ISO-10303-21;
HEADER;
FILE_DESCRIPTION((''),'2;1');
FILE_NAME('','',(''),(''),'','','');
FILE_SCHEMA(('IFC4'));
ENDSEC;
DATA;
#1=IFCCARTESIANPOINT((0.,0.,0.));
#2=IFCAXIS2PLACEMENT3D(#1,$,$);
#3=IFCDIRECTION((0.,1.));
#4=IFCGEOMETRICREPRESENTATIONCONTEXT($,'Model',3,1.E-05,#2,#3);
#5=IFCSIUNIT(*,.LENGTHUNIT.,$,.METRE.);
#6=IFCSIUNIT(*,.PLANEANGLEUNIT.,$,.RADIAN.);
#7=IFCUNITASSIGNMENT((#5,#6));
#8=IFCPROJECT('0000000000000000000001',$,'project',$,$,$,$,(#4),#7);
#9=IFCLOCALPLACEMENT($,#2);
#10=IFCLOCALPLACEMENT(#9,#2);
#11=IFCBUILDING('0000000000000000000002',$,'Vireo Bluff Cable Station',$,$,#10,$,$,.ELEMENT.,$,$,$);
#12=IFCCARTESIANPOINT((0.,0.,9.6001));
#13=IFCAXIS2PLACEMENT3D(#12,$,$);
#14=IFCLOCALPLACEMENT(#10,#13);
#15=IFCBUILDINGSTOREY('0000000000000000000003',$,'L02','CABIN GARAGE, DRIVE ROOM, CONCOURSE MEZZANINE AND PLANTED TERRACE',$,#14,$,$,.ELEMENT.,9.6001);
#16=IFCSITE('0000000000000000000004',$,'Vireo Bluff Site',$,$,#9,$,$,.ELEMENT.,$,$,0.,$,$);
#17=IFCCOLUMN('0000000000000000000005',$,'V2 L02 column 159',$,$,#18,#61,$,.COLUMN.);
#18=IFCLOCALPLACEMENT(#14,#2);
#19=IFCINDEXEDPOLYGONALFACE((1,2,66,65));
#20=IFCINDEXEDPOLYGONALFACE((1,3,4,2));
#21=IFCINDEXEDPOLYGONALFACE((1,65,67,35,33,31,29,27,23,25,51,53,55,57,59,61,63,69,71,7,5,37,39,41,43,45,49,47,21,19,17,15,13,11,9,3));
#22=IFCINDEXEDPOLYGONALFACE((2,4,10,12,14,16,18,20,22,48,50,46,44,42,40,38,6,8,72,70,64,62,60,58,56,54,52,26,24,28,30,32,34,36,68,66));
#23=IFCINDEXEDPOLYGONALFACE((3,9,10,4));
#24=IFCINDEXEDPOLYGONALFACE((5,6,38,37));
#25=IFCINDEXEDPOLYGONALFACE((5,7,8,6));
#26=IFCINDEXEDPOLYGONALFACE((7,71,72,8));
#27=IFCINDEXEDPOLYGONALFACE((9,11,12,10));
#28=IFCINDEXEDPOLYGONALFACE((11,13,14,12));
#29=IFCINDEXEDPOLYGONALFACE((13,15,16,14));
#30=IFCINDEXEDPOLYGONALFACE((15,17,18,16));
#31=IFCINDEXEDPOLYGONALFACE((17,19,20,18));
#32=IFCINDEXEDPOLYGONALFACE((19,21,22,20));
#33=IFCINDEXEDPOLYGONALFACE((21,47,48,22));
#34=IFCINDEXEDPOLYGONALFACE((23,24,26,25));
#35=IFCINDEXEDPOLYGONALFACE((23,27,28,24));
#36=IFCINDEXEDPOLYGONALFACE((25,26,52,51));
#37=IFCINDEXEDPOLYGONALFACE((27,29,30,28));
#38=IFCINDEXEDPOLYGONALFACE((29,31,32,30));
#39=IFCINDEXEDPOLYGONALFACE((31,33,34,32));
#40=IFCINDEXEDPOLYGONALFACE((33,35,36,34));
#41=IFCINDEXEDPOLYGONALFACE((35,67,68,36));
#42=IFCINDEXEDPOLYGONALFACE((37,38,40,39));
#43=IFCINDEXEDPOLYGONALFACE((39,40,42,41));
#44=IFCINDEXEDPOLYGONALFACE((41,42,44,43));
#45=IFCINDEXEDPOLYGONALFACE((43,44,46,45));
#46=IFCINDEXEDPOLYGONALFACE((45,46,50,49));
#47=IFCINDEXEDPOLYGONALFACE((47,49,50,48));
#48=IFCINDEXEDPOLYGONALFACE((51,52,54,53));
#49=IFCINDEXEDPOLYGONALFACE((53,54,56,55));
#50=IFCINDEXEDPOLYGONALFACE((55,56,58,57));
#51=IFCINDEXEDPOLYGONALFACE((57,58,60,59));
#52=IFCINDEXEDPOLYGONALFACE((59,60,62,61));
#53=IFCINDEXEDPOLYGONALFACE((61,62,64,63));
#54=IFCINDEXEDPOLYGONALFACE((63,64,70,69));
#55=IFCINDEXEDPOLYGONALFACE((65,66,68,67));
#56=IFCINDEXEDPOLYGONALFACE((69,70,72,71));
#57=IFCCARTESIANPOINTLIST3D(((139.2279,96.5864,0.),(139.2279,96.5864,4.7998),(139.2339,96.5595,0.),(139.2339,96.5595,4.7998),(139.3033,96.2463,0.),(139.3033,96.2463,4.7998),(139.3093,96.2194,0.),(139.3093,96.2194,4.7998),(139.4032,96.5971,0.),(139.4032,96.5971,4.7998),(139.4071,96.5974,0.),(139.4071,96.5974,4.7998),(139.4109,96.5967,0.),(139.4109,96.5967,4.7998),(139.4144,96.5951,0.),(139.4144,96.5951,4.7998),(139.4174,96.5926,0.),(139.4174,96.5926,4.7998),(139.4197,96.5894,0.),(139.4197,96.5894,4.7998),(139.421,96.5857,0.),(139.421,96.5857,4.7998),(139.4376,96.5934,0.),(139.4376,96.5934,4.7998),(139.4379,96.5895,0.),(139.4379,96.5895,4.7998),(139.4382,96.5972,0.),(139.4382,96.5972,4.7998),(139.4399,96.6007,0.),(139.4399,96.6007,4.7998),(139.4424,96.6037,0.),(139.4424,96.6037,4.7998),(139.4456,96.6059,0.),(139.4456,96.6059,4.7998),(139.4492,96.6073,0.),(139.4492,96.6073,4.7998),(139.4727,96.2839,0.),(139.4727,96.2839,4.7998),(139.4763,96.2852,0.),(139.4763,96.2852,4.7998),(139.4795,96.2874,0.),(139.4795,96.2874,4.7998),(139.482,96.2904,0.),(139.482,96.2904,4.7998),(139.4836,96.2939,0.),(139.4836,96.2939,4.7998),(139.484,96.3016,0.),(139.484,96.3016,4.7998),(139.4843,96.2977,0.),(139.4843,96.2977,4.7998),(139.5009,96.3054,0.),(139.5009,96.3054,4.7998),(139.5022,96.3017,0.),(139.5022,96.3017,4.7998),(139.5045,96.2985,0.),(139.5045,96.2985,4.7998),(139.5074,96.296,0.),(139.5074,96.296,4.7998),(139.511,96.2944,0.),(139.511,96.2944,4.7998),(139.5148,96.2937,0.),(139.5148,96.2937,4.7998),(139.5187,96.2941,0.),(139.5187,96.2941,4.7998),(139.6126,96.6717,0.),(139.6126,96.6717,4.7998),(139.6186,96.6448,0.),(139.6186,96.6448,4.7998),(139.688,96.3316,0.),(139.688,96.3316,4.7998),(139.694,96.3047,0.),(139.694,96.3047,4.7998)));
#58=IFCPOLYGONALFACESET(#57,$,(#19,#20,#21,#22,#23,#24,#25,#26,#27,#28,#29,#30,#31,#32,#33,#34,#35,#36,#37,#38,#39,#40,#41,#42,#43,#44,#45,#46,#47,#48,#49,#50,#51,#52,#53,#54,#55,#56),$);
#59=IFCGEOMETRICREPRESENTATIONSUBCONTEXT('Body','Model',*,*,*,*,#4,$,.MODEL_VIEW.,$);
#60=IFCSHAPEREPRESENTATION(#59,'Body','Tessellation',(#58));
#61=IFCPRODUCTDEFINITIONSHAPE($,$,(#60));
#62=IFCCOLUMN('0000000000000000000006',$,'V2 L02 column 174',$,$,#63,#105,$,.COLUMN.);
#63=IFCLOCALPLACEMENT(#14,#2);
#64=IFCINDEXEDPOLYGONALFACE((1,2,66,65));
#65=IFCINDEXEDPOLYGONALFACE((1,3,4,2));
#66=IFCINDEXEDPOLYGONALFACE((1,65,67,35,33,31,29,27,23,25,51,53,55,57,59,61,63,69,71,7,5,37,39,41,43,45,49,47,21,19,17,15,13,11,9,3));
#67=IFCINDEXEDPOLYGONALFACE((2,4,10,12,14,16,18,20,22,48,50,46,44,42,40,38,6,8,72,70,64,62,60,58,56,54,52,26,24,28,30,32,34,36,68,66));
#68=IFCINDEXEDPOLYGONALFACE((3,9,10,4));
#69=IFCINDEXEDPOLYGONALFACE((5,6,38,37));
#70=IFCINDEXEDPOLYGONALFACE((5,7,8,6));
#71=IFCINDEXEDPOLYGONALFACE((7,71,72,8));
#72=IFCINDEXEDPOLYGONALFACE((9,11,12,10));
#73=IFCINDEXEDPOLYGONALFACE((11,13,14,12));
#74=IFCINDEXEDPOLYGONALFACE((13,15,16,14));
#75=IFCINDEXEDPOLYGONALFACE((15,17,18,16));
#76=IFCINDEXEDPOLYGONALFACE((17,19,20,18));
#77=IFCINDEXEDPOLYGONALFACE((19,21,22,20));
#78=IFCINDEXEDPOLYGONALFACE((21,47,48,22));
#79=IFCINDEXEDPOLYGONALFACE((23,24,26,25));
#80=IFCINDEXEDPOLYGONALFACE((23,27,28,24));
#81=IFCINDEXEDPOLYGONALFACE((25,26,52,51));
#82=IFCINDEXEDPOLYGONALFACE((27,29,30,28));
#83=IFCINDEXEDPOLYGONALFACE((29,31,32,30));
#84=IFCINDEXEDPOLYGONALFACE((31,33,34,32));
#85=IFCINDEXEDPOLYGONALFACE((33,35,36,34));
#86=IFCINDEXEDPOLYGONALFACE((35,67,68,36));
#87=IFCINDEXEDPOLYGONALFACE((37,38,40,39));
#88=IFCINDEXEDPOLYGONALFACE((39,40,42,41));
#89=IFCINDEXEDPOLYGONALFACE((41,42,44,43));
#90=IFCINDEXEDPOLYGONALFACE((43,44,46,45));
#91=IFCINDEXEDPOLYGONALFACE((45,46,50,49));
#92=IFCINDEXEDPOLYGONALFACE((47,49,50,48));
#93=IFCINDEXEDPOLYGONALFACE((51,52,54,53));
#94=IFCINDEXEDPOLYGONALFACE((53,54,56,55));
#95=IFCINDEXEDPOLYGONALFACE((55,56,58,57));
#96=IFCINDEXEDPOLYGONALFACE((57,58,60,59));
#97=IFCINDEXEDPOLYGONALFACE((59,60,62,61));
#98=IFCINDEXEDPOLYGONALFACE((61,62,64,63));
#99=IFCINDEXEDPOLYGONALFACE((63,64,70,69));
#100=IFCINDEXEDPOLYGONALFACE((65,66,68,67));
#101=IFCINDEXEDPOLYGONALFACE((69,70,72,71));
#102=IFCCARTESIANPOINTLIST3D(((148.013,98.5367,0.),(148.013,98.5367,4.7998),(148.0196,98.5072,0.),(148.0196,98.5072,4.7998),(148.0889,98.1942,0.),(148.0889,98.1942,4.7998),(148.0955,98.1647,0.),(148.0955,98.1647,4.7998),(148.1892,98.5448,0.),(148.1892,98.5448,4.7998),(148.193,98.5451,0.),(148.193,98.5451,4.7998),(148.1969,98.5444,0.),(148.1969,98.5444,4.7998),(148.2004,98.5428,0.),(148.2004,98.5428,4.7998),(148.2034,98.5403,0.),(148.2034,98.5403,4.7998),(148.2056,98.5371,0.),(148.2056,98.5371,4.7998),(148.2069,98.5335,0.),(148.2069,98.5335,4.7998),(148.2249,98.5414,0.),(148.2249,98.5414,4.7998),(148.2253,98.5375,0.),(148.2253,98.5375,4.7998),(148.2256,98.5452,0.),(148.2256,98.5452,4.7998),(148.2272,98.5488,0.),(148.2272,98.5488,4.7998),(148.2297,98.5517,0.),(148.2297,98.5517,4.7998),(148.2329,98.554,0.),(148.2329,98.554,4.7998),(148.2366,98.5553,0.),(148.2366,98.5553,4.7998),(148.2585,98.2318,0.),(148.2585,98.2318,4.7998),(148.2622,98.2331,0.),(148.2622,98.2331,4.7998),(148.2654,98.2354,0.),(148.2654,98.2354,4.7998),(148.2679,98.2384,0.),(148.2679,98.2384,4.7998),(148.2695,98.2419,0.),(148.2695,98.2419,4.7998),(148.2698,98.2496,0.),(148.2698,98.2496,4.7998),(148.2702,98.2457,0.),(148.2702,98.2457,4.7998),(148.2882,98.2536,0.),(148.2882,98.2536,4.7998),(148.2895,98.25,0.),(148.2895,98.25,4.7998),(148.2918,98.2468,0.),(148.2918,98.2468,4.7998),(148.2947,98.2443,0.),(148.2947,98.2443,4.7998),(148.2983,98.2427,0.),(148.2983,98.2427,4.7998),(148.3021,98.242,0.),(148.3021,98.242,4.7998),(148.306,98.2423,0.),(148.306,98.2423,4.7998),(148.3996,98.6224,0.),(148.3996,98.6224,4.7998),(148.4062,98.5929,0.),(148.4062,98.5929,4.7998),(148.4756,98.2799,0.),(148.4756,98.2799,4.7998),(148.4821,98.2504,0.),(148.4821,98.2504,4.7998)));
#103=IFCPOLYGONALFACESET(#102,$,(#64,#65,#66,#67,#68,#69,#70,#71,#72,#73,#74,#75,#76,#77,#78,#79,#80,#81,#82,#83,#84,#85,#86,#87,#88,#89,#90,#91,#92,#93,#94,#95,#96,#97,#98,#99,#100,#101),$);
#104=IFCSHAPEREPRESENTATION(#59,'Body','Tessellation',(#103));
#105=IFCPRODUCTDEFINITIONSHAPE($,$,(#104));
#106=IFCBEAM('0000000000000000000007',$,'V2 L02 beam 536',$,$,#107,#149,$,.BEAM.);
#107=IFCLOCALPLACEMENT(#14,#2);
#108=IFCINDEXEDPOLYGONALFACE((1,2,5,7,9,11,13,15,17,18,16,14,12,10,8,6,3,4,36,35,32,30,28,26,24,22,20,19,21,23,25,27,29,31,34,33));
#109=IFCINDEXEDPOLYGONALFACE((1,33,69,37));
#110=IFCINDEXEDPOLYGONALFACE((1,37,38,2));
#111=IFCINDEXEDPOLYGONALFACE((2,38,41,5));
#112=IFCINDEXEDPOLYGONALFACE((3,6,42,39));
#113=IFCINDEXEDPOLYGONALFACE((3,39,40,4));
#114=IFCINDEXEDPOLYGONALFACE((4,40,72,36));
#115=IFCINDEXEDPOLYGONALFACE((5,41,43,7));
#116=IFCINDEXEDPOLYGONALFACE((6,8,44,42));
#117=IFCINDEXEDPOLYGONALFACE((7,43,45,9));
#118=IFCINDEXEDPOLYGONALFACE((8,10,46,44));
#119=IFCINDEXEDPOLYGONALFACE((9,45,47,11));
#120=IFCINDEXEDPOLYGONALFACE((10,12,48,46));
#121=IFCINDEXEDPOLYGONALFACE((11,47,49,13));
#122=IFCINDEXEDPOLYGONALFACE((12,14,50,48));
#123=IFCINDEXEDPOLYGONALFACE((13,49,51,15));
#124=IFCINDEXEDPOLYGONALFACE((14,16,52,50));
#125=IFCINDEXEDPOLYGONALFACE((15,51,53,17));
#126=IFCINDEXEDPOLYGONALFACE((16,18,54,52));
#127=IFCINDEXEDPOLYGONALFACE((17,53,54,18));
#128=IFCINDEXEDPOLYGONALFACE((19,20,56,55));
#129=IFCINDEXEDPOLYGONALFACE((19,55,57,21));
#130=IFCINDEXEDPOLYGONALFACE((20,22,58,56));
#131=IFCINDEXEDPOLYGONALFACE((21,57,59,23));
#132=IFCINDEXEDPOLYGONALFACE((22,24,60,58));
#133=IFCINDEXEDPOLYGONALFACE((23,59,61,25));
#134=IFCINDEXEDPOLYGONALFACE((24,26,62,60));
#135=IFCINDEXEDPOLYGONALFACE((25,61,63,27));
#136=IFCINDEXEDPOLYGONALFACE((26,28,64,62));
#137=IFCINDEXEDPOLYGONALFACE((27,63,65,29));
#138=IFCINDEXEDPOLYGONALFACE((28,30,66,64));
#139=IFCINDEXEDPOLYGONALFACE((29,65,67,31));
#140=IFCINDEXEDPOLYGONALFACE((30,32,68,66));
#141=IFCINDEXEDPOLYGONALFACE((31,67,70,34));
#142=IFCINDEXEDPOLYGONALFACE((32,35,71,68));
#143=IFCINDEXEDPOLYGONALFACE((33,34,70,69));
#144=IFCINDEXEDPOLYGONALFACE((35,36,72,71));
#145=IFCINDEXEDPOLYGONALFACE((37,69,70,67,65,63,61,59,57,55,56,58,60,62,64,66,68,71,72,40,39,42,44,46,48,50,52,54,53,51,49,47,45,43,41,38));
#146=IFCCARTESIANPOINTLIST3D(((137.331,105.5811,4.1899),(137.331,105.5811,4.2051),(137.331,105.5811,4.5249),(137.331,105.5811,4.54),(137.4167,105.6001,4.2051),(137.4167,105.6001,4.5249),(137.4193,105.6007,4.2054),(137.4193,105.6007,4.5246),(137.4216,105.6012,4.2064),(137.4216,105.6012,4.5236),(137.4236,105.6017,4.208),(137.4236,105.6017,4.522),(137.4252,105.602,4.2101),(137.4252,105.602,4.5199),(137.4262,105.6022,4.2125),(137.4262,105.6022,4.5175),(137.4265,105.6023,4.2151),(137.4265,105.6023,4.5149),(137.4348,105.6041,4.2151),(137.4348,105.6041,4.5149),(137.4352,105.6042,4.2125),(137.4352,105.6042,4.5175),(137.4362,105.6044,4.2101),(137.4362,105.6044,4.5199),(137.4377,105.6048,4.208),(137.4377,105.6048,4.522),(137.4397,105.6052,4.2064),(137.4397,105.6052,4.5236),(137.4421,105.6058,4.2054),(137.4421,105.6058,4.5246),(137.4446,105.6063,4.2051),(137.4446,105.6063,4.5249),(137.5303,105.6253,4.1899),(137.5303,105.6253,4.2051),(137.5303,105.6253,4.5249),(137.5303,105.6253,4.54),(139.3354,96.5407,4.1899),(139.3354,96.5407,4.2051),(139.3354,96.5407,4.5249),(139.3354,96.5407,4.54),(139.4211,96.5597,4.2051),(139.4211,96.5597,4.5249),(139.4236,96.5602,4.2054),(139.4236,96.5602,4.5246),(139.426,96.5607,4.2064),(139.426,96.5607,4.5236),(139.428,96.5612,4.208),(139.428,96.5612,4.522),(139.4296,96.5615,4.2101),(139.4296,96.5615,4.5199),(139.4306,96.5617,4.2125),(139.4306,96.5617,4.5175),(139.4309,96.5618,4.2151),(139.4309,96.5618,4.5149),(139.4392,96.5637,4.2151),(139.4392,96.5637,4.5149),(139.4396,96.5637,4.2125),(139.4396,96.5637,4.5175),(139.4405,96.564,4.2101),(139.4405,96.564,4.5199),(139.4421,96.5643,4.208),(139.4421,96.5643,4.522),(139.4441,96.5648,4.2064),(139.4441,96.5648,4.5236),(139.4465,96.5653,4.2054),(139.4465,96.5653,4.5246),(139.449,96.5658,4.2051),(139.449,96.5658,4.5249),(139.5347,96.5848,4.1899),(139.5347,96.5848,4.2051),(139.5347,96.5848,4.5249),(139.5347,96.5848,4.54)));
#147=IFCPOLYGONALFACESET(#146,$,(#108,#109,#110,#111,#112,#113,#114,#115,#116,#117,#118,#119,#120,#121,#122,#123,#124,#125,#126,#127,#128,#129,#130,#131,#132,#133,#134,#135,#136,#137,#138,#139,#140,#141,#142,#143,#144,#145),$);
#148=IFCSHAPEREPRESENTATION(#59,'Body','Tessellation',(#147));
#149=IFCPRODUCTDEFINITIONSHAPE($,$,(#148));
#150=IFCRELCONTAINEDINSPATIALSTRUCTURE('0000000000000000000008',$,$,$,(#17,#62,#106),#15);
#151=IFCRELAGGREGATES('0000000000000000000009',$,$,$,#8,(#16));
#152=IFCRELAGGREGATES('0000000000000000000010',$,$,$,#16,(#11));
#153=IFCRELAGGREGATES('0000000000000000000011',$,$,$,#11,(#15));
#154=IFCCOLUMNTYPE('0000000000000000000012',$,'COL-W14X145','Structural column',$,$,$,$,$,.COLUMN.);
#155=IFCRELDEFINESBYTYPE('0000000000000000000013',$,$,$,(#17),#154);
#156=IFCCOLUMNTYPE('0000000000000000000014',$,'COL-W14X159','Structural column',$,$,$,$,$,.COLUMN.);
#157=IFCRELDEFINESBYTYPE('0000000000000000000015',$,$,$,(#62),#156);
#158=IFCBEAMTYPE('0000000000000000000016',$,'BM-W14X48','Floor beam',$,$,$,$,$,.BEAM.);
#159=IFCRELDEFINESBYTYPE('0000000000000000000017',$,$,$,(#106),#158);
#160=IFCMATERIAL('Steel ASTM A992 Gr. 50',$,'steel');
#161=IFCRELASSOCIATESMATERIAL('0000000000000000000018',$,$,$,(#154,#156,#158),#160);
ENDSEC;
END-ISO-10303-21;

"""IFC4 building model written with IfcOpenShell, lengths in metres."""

from ifc_helpers import new_model, si_unit, direction, frame, origin, origin_2d, place, context, subcontext, project, spatial, i_section, extrude, material, material_profile, profile_set, type_object, element, save


model = new_model("IFC4")

# Units and contexts
model_context = context("Model", 3, precision=1e-05, world=origin(), true_north=direction((0.0, 1.0)))
body_context = subcontext(model_context, "Body", "Model", "MODEL_VIEW")
ifc_project = project(units=[si_unit("LENGTHUNIT", "METRE"), si_unit("PLANEANGLEUNIT", "RADIAN")], contexts=[model_context])

# Site, building, storey
site_placement = place(None, origin())
site = spatial("IfcSite", under=ifc_project, at=site_placement, Name="Vireo Bluff Site", CompositionType="ELEMENT", RefElevation=0.0)
building_placement = place(site_placement, origin())
building = spatial("IfcBuilding", under=site, at=building_placement, Name="Vireo Bluff Cable Station", CompositionType="ELEMENT")
storey_placement = place(building_placement, frame((0.0, 0.0, 9.6001)))
storey = spatial("IfcBuildingStorey", under=building, at=storey_placement, Name="L02", Description="CABIN GARAGE, DRIVE ROOM, CONCOURSE MEZZANINE AND PLANTED TERRACE", CompositionType="ELEMENT", Elevation=9.6001)

# Columns
ifc_material_1 = material(Name="Steel ASTM A992 Gr. 50", Category="steel")
ifc_material_profile_1 = material_profile(ifc_material_1, i_section(OverallWidth=0.394, OverallDepth=0.376, WebThickness=0.0173, FlangeThickness=0.0276, FilletRadius=0.0149, at=origin_2d()), Name="W14X145")
ifc_profile_set_1 = profile_set([ifc_material_profile_1], Name="Steel ASTM A992 Gr. 50")
column_type_1 = type_object("IfcColumnType", Name="COL-W14X145", Description="Structural column", PredefinedType="COLUMN", material=ifc_profile_set_1)
column_1_placement = place(storey_placement, frame((139.4609, 96.4456, 0.0), z_axis=(0.0, 0.0, 1.0), x_axis=(0.976296, 0.21644, 0.0)))
element("IfcColumn", 1, at=column_1_placement, inside=storey, type_object=column_type_1, Name="V2 L02 column 159", PredefinedType="COLUMN", context=body_context, shape_type="SweptSolid", body=[
    extrude(i_section(OverallWidth=0.394, OverallDepth=0.376, WebThickness=0.0173, FlangeThickness=0.0276, FilletRadius=0.0149, at=origin_2d()), origin(), (0.0, 0.0, 1.0), 4.7998),
])
ifc_material_profile_2 = material_profile(ifc_material_1, i_section(OverallWidth=0.396, OverallDepth=0.3811, WebThickness=0.0188, FlangeThickness=0.0303, FilletRadius=0.0149, at=origin_2d()), Name="W14X159")
ifc_profile_set_2 = profile_set([ifc_material_profile_2], Name="Steel ASTM A992 Gr. 50")
column_type_2 = type_object("IfcColumnType", Name="COL-W14X159", Description="Structural column", PredefinedType="COLUMN", material=ifc_profile_set_2)
column_2_placement = place(storey_placement, frame((148.2476, 98.3936, 0.0), z_axis=(0.0, 0.0, 1.0), x_axis=(0.976296, 0.21644, 0.0)))
element("IfcColumn", 2, at=column_2_placement, inside=storey, type_object=column_type_2, Name="V2 L02 column 174", PredefinedType="COLUMN", context=body_context, shape_type="SweptSolid", body=[
    extrude(i_section(OverallWidth=0.396, OverallDepth=0.3811, WebThickness=0.0188, FlangeThickness=0.0303, FilletRadius=0.0149, at=origin_2d()), origin(), (0.0, 0.0, 1.0), 4.7998),
])

# Beam
ifc_material_profile_3 = material_profile(ifc_material_1, i_section(OverallWidth=0.2041, OverallDepth=0.3501, WebThickness=0.0085, FlangeThickness=0.0151, FilletRadius=0.01, at=origin_2d()), Name="W14X48")
ifc_profile_set_3 = profile_set([ifc_material_profile_3], Name="Steel ASTM A992 Gr. 50")
beam_type_1 = type_object("IfcBeamType", Name="BM-W14X48", Description="Floor beam", PredefinedType="BEAM", material=ifc_profile_set_3)
beam_1_placement = place(storey_placement, frame((139.4351, 96.5627, 4.365), z_axis=(-0.216456, 0.976292, 0.0), x_axis=(-0.976292, -0.216456, 0.0)))
element("IfcBeam", 3, at=beam_1_placement, inside=storey, type_object=beam_type_1, Name="V2 L02 beam 536", PredefinedType="BEAM", context=body_context, shape_type="SweptSolid", body=[
    extrude(i_section(OverallWidth=0.2041, OverallDepth=0.3501, WebThickness=0.0085, FlangeThickness=0.0151, FilletRadius=0.01, at=origin_2d()), origin(), (0.0, 0.0, 1.0), 9.26),
])

save(model, "model.ifc")
